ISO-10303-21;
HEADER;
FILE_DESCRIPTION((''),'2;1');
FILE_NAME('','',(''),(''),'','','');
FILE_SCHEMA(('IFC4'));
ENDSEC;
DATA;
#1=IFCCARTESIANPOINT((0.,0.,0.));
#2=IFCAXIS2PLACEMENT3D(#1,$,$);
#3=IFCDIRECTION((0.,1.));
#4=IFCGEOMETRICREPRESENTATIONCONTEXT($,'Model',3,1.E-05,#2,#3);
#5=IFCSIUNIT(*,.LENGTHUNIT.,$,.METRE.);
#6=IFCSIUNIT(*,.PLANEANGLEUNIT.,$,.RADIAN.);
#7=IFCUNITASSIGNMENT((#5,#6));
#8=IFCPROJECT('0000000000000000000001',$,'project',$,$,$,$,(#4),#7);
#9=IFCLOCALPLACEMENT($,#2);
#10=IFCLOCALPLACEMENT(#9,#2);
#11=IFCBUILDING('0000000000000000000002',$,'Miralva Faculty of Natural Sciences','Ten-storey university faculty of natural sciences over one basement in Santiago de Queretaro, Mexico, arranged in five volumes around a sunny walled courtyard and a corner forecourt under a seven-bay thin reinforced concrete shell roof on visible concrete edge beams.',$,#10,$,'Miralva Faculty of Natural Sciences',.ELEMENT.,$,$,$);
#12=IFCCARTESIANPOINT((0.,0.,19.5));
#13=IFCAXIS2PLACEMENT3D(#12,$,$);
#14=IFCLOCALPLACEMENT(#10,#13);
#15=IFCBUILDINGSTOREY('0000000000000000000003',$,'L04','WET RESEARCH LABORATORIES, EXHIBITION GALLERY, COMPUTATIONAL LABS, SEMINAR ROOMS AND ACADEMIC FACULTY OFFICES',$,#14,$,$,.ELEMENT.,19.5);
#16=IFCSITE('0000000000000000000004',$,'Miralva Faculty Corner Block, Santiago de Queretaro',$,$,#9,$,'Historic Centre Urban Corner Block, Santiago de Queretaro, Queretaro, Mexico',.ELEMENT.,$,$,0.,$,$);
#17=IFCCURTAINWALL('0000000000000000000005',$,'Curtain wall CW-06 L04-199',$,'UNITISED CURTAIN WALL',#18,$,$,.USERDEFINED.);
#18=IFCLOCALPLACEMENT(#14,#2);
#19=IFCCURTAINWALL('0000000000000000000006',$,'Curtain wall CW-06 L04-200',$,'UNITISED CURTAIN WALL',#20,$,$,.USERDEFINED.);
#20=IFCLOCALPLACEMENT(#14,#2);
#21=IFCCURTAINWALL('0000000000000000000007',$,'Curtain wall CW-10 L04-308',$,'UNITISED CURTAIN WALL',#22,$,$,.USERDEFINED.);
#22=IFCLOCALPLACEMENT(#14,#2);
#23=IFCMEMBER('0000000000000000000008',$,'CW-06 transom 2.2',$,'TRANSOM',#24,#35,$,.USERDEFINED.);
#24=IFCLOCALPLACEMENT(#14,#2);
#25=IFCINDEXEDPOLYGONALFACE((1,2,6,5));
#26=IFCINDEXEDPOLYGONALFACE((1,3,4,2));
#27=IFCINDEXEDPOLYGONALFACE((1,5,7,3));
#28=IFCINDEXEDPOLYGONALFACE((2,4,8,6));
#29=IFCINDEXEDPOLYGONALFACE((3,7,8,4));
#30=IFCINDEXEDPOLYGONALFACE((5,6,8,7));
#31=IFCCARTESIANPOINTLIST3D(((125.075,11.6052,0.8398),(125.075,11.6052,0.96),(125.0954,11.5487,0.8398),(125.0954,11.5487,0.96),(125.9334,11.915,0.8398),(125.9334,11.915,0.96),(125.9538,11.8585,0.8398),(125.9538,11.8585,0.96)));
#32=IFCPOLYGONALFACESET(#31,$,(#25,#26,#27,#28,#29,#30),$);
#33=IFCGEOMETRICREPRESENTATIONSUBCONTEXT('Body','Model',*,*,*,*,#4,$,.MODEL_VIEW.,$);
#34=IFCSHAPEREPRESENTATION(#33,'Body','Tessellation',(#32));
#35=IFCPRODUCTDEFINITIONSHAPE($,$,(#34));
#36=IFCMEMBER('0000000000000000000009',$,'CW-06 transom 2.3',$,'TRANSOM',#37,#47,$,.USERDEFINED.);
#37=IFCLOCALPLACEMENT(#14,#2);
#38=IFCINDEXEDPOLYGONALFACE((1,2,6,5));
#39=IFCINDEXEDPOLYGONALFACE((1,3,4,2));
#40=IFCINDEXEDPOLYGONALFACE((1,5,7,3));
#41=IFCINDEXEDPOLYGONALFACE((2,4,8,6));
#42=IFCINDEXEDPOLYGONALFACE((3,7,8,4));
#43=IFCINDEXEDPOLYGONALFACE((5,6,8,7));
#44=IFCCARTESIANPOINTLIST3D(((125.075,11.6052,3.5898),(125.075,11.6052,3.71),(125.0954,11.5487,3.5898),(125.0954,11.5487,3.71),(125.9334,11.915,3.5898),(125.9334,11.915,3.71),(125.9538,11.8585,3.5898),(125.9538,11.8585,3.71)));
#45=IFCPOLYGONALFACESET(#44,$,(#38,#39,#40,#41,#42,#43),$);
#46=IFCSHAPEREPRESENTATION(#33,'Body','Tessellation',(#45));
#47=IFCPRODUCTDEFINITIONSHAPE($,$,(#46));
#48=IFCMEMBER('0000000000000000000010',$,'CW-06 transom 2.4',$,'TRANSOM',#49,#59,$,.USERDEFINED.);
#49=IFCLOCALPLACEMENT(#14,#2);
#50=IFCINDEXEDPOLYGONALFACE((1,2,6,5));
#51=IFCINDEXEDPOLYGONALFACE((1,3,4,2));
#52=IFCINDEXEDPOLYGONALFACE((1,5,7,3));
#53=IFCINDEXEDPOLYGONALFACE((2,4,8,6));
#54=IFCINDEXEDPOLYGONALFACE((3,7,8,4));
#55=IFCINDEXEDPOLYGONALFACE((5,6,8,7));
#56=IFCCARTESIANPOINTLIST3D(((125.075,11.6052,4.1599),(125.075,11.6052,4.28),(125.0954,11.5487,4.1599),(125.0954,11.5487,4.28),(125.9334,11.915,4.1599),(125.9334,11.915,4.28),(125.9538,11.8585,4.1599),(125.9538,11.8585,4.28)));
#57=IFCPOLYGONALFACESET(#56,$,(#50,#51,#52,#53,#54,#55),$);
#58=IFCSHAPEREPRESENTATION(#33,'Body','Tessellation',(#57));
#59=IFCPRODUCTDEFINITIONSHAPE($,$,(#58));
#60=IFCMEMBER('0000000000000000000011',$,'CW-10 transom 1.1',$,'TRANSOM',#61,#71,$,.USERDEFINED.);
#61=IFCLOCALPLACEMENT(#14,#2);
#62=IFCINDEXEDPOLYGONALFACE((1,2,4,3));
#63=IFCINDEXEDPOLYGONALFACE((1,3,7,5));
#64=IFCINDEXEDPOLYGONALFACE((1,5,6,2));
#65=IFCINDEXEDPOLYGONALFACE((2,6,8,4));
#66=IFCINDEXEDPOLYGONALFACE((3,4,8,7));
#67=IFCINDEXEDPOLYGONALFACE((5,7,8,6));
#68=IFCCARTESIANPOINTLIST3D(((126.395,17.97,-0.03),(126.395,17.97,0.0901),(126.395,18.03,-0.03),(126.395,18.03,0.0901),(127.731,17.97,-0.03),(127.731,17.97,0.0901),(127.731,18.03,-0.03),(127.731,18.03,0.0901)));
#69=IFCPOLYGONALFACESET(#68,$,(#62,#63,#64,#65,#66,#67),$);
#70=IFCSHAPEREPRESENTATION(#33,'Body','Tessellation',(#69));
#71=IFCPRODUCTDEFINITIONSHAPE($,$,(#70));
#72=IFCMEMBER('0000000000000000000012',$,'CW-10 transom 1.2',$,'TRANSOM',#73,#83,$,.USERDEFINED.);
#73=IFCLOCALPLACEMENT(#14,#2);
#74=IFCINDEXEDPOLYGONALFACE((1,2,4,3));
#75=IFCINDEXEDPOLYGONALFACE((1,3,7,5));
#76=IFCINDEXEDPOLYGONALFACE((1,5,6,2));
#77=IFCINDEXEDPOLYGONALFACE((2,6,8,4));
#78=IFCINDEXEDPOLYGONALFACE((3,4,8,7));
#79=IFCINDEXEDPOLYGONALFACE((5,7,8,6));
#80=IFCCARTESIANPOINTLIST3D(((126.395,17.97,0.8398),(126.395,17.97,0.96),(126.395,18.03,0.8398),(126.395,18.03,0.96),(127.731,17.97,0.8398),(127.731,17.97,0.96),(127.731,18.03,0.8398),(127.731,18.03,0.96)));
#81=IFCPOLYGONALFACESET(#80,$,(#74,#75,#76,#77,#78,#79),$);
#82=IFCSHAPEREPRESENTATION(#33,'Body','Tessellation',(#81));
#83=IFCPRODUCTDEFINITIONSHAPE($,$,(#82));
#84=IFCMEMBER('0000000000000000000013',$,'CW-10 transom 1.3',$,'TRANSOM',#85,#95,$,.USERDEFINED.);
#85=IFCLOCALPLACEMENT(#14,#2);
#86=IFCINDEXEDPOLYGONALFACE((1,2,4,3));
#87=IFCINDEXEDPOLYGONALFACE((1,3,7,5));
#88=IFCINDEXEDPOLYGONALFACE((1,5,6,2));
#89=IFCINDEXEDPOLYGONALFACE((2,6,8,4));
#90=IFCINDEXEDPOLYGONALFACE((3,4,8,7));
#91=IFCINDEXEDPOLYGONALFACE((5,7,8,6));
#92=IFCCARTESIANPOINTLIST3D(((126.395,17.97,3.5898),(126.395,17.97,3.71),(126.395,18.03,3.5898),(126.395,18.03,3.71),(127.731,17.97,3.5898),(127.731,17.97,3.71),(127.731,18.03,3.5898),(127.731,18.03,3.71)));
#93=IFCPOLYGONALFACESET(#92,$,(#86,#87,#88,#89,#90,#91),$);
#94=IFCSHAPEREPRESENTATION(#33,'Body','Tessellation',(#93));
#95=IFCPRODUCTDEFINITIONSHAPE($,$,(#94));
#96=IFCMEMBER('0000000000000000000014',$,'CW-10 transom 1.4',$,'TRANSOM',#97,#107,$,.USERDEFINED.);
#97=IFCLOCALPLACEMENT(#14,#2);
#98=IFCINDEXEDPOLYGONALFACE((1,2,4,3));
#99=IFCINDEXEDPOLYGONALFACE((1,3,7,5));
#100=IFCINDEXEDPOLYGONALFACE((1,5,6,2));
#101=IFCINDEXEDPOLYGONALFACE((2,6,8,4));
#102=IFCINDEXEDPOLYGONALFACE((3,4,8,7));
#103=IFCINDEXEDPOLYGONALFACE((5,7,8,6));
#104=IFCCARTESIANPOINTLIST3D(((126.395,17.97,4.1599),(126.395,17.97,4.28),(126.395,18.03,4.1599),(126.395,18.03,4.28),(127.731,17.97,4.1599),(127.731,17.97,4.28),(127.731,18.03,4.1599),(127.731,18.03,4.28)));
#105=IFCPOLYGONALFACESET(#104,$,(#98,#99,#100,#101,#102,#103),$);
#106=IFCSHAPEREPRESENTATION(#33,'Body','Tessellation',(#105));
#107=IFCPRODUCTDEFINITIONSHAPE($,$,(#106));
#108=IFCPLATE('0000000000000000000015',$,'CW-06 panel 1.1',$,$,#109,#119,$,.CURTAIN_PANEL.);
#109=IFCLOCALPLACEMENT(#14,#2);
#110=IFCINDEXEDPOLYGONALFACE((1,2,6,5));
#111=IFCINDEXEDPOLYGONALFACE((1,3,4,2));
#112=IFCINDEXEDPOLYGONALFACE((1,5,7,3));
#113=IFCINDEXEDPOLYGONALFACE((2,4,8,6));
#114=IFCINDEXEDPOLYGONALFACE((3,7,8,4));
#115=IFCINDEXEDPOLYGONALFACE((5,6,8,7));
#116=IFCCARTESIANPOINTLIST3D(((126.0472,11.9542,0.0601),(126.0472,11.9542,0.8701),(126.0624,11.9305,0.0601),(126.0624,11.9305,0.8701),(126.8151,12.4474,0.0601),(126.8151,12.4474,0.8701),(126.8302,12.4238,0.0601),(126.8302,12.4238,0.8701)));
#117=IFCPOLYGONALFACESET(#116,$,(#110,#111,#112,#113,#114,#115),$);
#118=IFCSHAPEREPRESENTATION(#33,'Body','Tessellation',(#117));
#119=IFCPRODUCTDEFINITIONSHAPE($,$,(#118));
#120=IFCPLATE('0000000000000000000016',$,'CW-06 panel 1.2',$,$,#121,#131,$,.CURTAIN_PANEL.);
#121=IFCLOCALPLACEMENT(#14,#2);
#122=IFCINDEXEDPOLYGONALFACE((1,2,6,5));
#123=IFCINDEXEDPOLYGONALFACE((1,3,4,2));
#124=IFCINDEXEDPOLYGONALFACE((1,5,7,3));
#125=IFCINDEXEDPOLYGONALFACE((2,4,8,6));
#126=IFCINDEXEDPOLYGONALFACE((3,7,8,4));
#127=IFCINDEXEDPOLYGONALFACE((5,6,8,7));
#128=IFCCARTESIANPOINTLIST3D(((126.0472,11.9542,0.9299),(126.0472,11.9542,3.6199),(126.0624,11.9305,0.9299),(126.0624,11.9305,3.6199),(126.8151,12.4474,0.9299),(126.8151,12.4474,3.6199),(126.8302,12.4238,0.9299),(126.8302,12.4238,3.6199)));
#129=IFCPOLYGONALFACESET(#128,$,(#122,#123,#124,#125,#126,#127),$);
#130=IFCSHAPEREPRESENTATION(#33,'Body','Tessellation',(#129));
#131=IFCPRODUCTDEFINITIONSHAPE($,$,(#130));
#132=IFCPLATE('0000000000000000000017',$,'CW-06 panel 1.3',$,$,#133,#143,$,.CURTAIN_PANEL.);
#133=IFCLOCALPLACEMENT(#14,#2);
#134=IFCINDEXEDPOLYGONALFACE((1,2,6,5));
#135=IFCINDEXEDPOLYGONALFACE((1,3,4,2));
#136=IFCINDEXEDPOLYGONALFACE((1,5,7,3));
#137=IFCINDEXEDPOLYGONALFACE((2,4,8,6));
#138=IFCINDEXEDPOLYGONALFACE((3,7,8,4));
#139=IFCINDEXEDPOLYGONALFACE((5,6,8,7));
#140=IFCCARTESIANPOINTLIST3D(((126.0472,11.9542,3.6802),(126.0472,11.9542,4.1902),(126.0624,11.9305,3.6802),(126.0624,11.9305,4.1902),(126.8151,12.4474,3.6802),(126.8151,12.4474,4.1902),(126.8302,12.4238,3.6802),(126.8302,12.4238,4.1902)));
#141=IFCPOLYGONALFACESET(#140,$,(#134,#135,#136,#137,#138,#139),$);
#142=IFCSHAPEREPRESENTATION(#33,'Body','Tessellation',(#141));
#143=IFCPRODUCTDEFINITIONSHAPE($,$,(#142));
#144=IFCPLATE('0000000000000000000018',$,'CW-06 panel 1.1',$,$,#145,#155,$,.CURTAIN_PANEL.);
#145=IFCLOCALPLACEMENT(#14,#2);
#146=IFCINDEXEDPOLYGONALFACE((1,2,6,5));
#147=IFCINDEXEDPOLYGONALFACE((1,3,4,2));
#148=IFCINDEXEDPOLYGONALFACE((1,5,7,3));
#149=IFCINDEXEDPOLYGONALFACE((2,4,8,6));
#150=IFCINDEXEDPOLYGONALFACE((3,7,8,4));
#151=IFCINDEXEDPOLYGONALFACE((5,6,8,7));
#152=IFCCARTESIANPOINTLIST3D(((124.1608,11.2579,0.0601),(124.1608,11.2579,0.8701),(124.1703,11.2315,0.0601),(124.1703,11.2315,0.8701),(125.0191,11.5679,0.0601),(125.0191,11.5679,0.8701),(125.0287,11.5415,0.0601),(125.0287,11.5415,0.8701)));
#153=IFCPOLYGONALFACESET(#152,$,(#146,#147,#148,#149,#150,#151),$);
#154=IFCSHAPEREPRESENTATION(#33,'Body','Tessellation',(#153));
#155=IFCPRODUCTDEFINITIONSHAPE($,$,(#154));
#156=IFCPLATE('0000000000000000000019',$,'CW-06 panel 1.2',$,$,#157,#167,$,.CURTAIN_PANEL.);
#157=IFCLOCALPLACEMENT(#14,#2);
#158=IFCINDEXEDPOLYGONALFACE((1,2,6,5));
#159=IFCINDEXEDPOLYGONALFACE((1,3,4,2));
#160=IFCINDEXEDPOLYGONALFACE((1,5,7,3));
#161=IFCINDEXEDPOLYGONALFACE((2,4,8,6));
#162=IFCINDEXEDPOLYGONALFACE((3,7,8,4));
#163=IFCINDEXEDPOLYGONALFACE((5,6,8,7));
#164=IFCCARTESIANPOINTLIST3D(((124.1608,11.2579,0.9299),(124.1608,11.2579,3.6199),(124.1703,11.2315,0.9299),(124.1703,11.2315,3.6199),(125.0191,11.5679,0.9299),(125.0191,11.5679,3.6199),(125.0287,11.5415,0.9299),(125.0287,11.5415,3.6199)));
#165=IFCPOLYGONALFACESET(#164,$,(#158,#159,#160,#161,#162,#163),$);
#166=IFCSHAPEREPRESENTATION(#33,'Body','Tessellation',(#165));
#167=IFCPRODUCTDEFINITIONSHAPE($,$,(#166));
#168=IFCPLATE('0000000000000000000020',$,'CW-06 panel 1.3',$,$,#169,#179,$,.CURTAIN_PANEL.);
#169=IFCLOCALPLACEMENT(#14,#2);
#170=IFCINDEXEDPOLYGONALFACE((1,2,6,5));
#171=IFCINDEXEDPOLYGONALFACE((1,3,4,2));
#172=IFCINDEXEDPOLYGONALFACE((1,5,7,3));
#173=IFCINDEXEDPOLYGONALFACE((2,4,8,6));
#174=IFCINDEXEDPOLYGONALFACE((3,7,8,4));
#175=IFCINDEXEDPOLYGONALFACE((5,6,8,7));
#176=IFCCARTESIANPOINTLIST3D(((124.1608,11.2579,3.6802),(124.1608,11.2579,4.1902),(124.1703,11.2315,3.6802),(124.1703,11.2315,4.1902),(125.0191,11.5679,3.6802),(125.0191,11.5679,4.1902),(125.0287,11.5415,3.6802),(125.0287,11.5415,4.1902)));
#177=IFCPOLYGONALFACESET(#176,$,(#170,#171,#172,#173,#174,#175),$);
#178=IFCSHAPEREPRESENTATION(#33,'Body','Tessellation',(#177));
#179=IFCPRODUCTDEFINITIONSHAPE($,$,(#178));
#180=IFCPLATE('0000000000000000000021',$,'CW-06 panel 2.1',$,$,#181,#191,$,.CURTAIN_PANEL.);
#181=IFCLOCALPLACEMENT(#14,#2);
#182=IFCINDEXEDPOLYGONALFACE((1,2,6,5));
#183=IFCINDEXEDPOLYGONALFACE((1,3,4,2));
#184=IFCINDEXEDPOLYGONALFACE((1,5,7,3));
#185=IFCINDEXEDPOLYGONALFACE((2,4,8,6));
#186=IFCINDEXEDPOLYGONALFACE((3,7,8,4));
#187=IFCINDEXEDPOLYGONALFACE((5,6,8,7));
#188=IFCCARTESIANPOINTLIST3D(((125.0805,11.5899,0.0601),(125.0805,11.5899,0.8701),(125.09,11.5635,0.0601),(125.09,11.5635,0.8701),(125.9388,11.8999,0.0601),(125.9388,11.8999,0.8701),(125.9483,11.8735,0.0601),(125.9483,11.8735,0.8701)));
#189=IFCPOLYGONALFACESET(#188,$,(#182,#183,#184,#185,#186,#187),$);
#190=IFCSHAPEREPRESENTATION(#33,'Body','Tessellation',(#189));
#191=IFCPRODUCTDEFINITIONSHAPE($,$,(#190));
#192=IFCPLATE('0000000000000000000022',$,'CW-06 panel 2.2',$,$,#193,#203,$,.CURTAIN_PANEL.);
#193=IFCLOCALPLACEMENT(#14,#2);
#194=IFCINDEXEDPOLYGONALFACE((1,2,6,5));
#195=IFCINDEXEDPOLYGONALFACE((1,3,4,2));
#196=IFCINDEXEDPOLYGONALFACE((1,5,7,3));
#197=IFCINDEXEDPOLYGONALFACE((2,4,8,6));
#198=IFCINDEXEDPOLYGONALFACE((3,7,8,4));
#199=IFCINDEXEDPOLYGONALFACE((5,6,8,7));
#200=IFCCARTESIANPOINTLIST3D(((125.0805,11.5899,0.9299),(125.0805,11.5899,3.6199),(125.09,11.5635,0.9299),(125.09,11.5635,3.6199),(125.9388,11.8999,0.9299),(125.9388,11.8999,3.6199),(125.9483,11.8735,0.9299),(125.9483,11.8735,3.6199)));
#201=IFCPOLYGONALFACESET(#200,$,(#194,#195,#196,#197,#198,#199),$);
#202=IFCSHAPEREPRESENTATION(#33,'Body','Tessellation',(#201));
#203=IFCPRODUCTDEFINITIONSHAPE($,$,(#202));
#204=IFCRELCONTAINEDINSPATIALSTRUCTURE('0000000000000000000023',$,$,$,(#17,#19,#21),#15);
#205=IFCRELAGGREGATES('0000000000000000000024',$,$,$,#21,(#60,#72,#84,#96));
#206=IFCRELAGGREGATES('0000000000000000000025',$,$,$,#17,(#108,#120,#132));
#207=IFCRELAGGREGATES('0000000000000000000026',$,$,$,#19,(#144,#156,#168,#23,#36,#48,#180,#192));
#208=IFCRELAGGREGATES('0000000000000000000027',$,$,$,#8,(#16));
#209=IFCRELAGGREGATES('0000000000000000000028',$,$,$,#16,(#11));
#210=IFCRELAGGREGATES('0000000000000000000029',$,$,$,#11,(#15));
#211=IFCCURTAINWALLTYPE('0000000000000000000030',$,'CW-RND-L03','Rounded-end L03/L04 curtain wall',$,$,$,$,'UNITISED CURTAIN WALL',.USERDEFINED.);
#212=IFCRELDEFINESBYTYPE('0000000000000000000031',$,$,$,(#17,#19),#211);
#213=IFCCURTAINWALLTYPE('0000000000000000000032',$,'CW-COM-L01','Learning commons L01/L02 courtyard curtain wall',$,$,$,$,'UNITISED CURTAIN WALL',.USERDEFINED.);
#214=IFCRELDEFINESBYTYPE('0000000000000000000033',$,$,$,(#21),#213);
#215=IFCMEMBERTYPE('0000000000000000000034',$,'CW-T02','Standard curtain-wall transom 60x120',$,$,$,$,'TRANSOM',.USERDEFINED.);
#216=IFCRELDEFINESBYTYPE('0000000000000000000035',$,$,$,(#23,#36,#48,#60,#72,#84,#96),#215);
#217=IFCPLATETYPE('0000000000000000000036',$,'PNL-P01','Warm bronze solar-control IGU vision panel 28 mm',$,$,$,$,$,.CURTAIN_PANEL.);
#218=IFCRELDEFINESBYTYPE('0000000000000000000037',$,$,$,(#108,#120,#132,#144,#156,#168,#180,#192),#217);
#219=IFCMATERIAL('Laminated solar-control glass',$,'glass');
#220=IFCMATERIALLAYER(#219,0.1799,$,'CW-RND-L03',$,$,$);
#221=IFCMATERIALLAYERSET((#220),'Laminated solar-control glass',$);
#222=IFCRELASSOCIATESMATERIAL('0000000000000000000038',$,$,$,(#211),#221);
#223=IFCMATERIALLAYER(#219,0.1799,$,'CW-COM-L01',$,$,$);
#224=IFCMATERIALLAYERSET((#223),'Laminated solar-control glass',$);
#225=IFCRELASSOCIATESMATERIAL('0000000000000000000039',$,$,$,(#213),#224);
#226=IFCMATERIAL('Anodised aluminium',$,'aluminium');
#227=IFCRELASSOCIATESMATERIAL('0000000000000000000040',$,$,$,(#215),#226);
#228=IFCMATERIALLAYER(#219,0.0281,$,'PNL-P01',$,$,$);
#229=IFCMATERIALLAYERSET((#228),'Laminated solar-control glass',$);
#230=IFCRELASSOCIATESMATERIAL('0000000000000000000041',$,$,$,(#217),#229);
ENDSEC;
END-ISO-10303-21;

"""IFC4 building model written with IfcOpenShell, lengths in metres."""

from ifc_helpers import new_model, si_unit, direction, frame, origin, origin_2d, place, context, subcontext, project, spatial, rectangle, extrude, material, layer, layer_set, material_profile, profile_set, type_object, element, aggregate, save


model = new_model("IFC4")

# Units and contexts
model_context = context("Model", 3, precision=1e-05, world=origin(), true_north=direction((0.0, 1.0)))
body_context = subcontext(model_context, "Body", "Model", "MODEL_VIEW")
ifc_project = project(units=[si_unit("LENGTHUNIT", "METRE"), si_unit("PLANEANGLEUNIT", "RADIAN")], contexts=[model_context])

# Site, building, storey
site_placement = place(None, origin())
site = spatial("IfcSite", under=ifc_project, at=site_placement, Name="Miralva Faculty Corner Block, Santiago de Queretaro", LongName="Historic Centre Urban Corner Block, Santiago de Queretaro, Queretaro, Mexico", CompositionType="ELEMENT", RefElevation=0.0)
building_placement = place(site_placement, origin())
building = spatial("IfcBuilding", under=site, at=building_placement, Name="Miralva Faculty of Natural Sciences", Description="Ten-storey university faculty of natural sciences over one basement in Santiago de Queretaro, Mexico, arranged in five volumes around a sunny walled courtyard and a corner forecourt under a seven-bay thin reinforced concrete shell roof on visible concrete edge beams.", LongName="Miralva Faculty of Natural Sciences", CompositionType="ELEMENT")
storey_placement = place(building_placement, frame((0.0, 0.0, 19.5)))
storey = spatial("IfcBuildingStorey", under=building, at=storey_placement, Name="L04", Description="WET RESEARCH LABORATORIES, EXHIBITION GALLERY, COMPUTATIONAL LABS, SEMINAR ROOMS AND ACADEMIC FACULTY OFFICES", CompositionType="ELEMENT", Elevation=19.5)

# Curtain walls
ifc_material_1 = material(Name="Laminated solar-control glass", Category="glass")
ifc_layer_1 = layer(ifc_material_1, 0.1799, Name="CW-RND-L03")
ifc_layer_set_1 = layer_set([ifc_layer_1], Name="Laminated solar-control glass")
curtain_wall_type_1 = type_object("IfcCurtainWallType", Name="CW-RND-L03", Description="Rounded-end L03/L04 curtain wall", ElementType="UNITISED CURTAIN WALL", PredefinedType="USERDEFINED", material=ifc_layer_set_1)
curtain_wall_1_placement = place(storey_placement, origin())
curtain_wall_1 = element("IfcCurtainWall", 1, at=curtain_wall_1_placement, inside=storey, type_object=curtain_wall_type_1, Name="Curtain wall CW-06 L04-199", ObjectType="UNITISED CURTAIN WALL", PredefinedType="USERDEFINED")
ifc_material_2 = material(Name="Anodised aluminium", Category="aluminium")
curtain_wall_2_placement = place(storey_placement, origin())
curtain_wall_2 = element("IfcCurtainWall", 2, at=curtain_wall_2_placement, inside=storey, type_object=curtain_wall_type_1, Name="Curtain wall CW-06 L04-200", ObjectType="UNITISED CURTAIN WALL", PredefinedType="USERDEFINED")

# Curtain wall
ifc_layer_2 = layer(ifc_material_1, 0.1799, Name="CW-COM-L01")
ifc_layer_set_2 = layer_set([ifc_layer_2], Name="Laminated solar-control glass")
curtain_wall_type_2 = type_object("IfcCurtainWallType", Name="CW-COM-L01", Description="Learning commons L01/L02 courtyard curtain wall", ElementType="UNITISED CURTAIN WALL", PredefinedType="USERDEFINED", material=ifc_layer_set_2)
curtain_wall_3_placement = place(storey_placement, origin())
curtain_wall_3 = element("IfcCurtainWall", 3, at=curtain_wall_3_placement, inside=storey, type_object=curtain_wall_type_2, Name="Curtain wall CW-10 L04-308", ObjectType="UNITISED CURTAIN WALL", PredefinedType="USERDEFINED")

# Members
ifc_material_profile_1 = material_profile(ifc_material_2, rectangle(XDim=0.0601, YDim=0.1201, at=origin_2d()), Name="TRANSOM 60x120")
ifc_profile_set_1 = profile_set([ifc_material_profile_1], Name="Anodised aluminium")
member_type_1 = type_object("IfcMemberType", Name="CW-T02", Description="Standard curtain-wall transom 60x120", ElementType="TRANSOM", PredefinedType="USERDEFINED", material=ifc_profile_set_1)
member_1_placement = place(storey_placement, frame((125.0852, 11.5769, 0.8999), z_axis=(0.940611, 0.339487, 0.0), x_axis=(-0.339487, 0.940611, 0.0)))
member_1 = element("IfcMember", 4, at=member_1_placement, type_object=member_type_1, Name="CW-06 transom 2.2", ObjectType="TRANSOM", PredefinedType="USERDEFINED", context=body_context, shape_type="SweptSolid", body=[
    extrude(rectangle(XDim=0.0601, YDim=0.1201, at=origin_2d()), origin(), (0.0, 0.0, 1.0), 0.9126),
])
member_2_placement = place(storey_placement, frame((125.0852, 11.5769, 3.6499), z_axis=(0.940611, 0.339487, 0.0), x_axis=(-0.339487, 0.940611, 0.0)))
member_2 = element("IfcMember", 5, at=member_2_placement, type_object=member_type_1, Name="CW-06 transom 2.3", ObjectType="TRANSOM", PredefinedType="USERDEFINED", context=body_context, shape_type="SweptSolid", body=[
    extrude(rectangle(XDim=0.0601, YDim=0.1201, at=origin_2d()), origin(), (0.0, 0.0, 1.0), 0.9126),
])
member_3_placement = place(storey_placement, frame((125.0852, 11.5769, 4.22), z_axis=(0.940611, 0.339487, 0.0), x_axis=(-0.339487, 0.940611, 0.0)))
member_3 = element("IfcMember", 6, at=member_3_placement, type_object=member_type_1, Name="CW-06 transom 2.4", ObjectType="TRANSOM", PredefinedType="USERDEFINED", context=body_context, shape_type="SweptSolid", body=[
    extrude(rectangle(XDim=0.0601, YDim=0.1201, at=origin_2d()), origin(), (0.0, 0.0, 1.0), 0.9126),
])
member_4_placement = place(storey_placement, frame((126.395, 18.0, 0.03), z_axis=(1.0, 0.0, 0.0), x_axis=(0.0, 1.0, 0.0)))
member_4 = element("IfcMember", 7, at=member_4_placement, type_object=member_type_1, Name="CW-10 transom 1.1", ObjectType="TRANSOM", PredefinedType="USERDEFINED", context=body_context, shape_type="SweptSolid", body=[
    extrude(rectangle(XDim=0.0601, YDim=0.1201, at=origin_2d()), origin(), (0.0, 0.0, 1.0), 1.3359),
])
member_5_placement = place(storey_placement, frame((126.395, 18.0, 0.8999), z_axis=(1.0, 0.0, 0.0), x_axis=(0.0, 1.0, 0.0)))
member_5 = element("IfcMember", 8, at=member_5_placement, type_object=member_type_1, Name="CW-10 transom 1.2", ObjectType="TRANSOM", PredefinedType="USERDEFINED", context=body_context, shape_type="SweptSolid", body=[
    extrude(rectangle(XDim=0.0601, YDim=0.1201, at=origin_2d()), origin(), (0.0, 0.0, 1.0), 1.3359),
])
member_6_placement = place(storey_placement, frame((126.395, 18.0, 3.6499), z_axis=(1.0, 0.0, 0.0), x_axis=(0.0, 1.0, 0.0)))
member_6 = element("IfcMember", 9, at=member_6_placement, type_object=member_type_1, Name="CW-10 transom 1.3", ObjectType="TRANSOM", PredefinedType="USERDEFINED", context=body_context, shape_type="SweptSolid", body=[
    extrude(rectangle(XDim=0.0601, YDim=0.1201, at=origin_2d()), origin(), (0.0, 0.0, 1.0), 1.3359),
])
member_7_placement = place(storey_placement, frame((126.395, 18.0, 4.22), z_axis=(1.0, 0.0, 0.0), x_axis=(0.0, 1.0, 0.0)))
member_7 = element("IfcMember", 10, at=member_7_placement, type_object=member_type_1, Name="CW-10 transom 1.4", ObjectType="TRANSOM", PredefinedType="USERDEFINED", context=body_context, shape_type="SweptSolid", body=[
    extrude(rectangle(XDim=0.0601, YDim=0.1201, at=origin_2d()), origin(), (0.0, 0.0, 1.0), 1.3359),
])
aggregate(curtain_wall_3, [member_4, member_5, member_6, member_7])

# Plates
ifc_layer_3 = layer(ifc_material_1, 0.0281, Name="PNL-P01")
ifc_layer_set_3 = layer_set([ifc_layer_3], Name="Laminated solar-control glass")
plate_type = type_object("IfcPlateType", Name="PNL-P01", Description="Warm bronze solar-control IGU vision panel 28 mm", PredefinedType="CURTAIN_PANEL", material=ifc_layer_set_3)
plate_1_placement = place(storey_placement, frame((126.4387, 12.189, 0.0601), z_axis=(0.0, 0.0, 1.0), x_axis=(0.841379, 0.540445, 0.0)))
plate_1 = element("IfcPlate", 11, at=plate_1_placement, type_object=plate_type, Name="CW-06 panel 1.1", PredefinedType="CURTAIN_PANEL", context=body_context, shape_type="SweptSolid", body=[
    extrude(rectangle(XDim=0.9126, YDim=0.0281, at=origin_2d()), origin(), (0.0, 0.0, 1.0), 0.8101),
])
plate_2_placement = place(storey_placement, frame((126.4387, 12.189, 0.9299), z_axis=(0.0, 0.0, 1.0), x_axis=(0.841379, 0.540445, 0.0)))
plate_2 = element("IfcPlate", 12, at=plate_2_placement, type_object=plate_type, Name="CW-06 panel 1.2", PredefinedType="CURTAIN_PANEL", context=body_context, shape_type="SweptSolid", body=[
    extrude(rectangle(XDim=0.9126, YDim=0.0281, at=origin_2d()), origin(), (0.0, 0.0, 1.0), 2.6899),
])
plate_3_placement = place(storey_placement, frame((126.4387, 12.189, 3.6802), z_axis=(0.0, 0.0, 1.0), x_axis=(0.841379, 0.540445, 0.0)))
plate_3 = element("IfcPlate", 13, at=plate_3_placement, type_object=plate_type, Name="CW-06 panel 1.3", PredefinedType="CURTAIN_PANEL", context=body_context, shape_type="SweptSolid", body=[
    extrude(rectangle(XDim=0.9126, YDim=0.0281, at=origin_2d()), origin(), (0.0, 0.0, 1.0), 0.51),
])
aggregate(curtain_wall_1, [plate_1, plate_2, plate_3])
plate_4_placement = place(storey_placement, frame((124.5947, 11.3997, 0.0601), z_axis=(0.0, 0.0, 1.0), x_axis=(0.940535, 0.339696, 0.0)))
plate_4 = element("IfcPlate", 14, at=plate_4_placement, type_object=plate_type, Name="CW-06 panel 1.1", PredefinedType="CURTAIN_PANEL", context=body_context, shape_type="SweptSolid", body=[
    extrude(rectangle(XDim=0.9126, YDim=0.0281, at=origin_2d()), origin(), (0.0, 0.0, 1.0), 0.8101),
])
plate_5_placement = place(storey_placement, frame((124.5947, 11.3997, 0.9299), z_axis=(0.0, 0.0, 1.0), x_axis=(0.940535, 0.339696, 0.0)))
plate_5 = element("IfcPlate", 15, at=plate_5_placement, type_object=plate_type, Name="CW-06 panel 1.2", PredefinedType="CURTAIN_PANEL", context=body_context, shape_type="SweptSolid", body=[
    extrude(rectangle(XDim=0.9126, YDim=0.0281, at=origin_2d()), origin(), (0.0, 0.0, 1.0), 2.6899),
])
plate_6_placement = place(storey_placement, frame((124.5947, 11.3997, 3.6802), z_axis=(0.0, 0.0, 1.0), x_axis=(0.940535, 0.339696, 0.0)))
plate_6 = element("IfcPlate", 16, at=plate_6_placement, type_object=plate_type, Name="CW-06 panel 1.3", PredefinedType="CURTAIN_PANEL", context=body_context, shape_type="SweptSolid", body=[
    extrude(rectangle(XDim=0.9126, YDim=0.0281, at=origin_2d()), origin(), (0.0, 0.0, 1.0), 0.51),
])
plate_7_placement = place(storey_placement, frame((125.5144, 11.7317, 0.0601), z_axis=(0.0, 0.0, 1.0), x_axis=(0.940535, 0.339696, 0.0)))
plate_7 = element("IfcPlate", 17, at=plate_7_placement, type_object=plate_type, Name="CW-06 panel 2.1", PredefinedType="CURTAIN_PANEL", context=body_context, shape_type="SweptSolid", body=[
    extrude(rectangle(XDim=0.9126, YDim=0.0281, at=origin_2d()), origin(), (0.0, 0.0, 1.0), 0.8101),
])
plate_8_placement = place(storey_placement, frame((125.5144, 11.7317, 0.9299), z_axis=(0.0, 0.0, 1.0), x_axis=(0.940535, 0.339696, 0.0)))
plate_8 = element("IfcPlate", 18, at=plate_8_placement, type_object=plate_type, Name="CW-06 panel 2.2", PredefinedType="CURTAIN_PANEL", context=body_context, shape_type="SweptSolid", body=[
    extrude(rectangle(XDim=0.9126, YDim=0.0281, at=origin_2d()), origin(), (0.0, 0.0, 1.0), 2.6899),
])
aggregate(curtain_wall_2, [plate_4, plate_5, plate_6, member_1, member_2, member_3, plate_7, plate_8])

save(model, "model.ifc")
